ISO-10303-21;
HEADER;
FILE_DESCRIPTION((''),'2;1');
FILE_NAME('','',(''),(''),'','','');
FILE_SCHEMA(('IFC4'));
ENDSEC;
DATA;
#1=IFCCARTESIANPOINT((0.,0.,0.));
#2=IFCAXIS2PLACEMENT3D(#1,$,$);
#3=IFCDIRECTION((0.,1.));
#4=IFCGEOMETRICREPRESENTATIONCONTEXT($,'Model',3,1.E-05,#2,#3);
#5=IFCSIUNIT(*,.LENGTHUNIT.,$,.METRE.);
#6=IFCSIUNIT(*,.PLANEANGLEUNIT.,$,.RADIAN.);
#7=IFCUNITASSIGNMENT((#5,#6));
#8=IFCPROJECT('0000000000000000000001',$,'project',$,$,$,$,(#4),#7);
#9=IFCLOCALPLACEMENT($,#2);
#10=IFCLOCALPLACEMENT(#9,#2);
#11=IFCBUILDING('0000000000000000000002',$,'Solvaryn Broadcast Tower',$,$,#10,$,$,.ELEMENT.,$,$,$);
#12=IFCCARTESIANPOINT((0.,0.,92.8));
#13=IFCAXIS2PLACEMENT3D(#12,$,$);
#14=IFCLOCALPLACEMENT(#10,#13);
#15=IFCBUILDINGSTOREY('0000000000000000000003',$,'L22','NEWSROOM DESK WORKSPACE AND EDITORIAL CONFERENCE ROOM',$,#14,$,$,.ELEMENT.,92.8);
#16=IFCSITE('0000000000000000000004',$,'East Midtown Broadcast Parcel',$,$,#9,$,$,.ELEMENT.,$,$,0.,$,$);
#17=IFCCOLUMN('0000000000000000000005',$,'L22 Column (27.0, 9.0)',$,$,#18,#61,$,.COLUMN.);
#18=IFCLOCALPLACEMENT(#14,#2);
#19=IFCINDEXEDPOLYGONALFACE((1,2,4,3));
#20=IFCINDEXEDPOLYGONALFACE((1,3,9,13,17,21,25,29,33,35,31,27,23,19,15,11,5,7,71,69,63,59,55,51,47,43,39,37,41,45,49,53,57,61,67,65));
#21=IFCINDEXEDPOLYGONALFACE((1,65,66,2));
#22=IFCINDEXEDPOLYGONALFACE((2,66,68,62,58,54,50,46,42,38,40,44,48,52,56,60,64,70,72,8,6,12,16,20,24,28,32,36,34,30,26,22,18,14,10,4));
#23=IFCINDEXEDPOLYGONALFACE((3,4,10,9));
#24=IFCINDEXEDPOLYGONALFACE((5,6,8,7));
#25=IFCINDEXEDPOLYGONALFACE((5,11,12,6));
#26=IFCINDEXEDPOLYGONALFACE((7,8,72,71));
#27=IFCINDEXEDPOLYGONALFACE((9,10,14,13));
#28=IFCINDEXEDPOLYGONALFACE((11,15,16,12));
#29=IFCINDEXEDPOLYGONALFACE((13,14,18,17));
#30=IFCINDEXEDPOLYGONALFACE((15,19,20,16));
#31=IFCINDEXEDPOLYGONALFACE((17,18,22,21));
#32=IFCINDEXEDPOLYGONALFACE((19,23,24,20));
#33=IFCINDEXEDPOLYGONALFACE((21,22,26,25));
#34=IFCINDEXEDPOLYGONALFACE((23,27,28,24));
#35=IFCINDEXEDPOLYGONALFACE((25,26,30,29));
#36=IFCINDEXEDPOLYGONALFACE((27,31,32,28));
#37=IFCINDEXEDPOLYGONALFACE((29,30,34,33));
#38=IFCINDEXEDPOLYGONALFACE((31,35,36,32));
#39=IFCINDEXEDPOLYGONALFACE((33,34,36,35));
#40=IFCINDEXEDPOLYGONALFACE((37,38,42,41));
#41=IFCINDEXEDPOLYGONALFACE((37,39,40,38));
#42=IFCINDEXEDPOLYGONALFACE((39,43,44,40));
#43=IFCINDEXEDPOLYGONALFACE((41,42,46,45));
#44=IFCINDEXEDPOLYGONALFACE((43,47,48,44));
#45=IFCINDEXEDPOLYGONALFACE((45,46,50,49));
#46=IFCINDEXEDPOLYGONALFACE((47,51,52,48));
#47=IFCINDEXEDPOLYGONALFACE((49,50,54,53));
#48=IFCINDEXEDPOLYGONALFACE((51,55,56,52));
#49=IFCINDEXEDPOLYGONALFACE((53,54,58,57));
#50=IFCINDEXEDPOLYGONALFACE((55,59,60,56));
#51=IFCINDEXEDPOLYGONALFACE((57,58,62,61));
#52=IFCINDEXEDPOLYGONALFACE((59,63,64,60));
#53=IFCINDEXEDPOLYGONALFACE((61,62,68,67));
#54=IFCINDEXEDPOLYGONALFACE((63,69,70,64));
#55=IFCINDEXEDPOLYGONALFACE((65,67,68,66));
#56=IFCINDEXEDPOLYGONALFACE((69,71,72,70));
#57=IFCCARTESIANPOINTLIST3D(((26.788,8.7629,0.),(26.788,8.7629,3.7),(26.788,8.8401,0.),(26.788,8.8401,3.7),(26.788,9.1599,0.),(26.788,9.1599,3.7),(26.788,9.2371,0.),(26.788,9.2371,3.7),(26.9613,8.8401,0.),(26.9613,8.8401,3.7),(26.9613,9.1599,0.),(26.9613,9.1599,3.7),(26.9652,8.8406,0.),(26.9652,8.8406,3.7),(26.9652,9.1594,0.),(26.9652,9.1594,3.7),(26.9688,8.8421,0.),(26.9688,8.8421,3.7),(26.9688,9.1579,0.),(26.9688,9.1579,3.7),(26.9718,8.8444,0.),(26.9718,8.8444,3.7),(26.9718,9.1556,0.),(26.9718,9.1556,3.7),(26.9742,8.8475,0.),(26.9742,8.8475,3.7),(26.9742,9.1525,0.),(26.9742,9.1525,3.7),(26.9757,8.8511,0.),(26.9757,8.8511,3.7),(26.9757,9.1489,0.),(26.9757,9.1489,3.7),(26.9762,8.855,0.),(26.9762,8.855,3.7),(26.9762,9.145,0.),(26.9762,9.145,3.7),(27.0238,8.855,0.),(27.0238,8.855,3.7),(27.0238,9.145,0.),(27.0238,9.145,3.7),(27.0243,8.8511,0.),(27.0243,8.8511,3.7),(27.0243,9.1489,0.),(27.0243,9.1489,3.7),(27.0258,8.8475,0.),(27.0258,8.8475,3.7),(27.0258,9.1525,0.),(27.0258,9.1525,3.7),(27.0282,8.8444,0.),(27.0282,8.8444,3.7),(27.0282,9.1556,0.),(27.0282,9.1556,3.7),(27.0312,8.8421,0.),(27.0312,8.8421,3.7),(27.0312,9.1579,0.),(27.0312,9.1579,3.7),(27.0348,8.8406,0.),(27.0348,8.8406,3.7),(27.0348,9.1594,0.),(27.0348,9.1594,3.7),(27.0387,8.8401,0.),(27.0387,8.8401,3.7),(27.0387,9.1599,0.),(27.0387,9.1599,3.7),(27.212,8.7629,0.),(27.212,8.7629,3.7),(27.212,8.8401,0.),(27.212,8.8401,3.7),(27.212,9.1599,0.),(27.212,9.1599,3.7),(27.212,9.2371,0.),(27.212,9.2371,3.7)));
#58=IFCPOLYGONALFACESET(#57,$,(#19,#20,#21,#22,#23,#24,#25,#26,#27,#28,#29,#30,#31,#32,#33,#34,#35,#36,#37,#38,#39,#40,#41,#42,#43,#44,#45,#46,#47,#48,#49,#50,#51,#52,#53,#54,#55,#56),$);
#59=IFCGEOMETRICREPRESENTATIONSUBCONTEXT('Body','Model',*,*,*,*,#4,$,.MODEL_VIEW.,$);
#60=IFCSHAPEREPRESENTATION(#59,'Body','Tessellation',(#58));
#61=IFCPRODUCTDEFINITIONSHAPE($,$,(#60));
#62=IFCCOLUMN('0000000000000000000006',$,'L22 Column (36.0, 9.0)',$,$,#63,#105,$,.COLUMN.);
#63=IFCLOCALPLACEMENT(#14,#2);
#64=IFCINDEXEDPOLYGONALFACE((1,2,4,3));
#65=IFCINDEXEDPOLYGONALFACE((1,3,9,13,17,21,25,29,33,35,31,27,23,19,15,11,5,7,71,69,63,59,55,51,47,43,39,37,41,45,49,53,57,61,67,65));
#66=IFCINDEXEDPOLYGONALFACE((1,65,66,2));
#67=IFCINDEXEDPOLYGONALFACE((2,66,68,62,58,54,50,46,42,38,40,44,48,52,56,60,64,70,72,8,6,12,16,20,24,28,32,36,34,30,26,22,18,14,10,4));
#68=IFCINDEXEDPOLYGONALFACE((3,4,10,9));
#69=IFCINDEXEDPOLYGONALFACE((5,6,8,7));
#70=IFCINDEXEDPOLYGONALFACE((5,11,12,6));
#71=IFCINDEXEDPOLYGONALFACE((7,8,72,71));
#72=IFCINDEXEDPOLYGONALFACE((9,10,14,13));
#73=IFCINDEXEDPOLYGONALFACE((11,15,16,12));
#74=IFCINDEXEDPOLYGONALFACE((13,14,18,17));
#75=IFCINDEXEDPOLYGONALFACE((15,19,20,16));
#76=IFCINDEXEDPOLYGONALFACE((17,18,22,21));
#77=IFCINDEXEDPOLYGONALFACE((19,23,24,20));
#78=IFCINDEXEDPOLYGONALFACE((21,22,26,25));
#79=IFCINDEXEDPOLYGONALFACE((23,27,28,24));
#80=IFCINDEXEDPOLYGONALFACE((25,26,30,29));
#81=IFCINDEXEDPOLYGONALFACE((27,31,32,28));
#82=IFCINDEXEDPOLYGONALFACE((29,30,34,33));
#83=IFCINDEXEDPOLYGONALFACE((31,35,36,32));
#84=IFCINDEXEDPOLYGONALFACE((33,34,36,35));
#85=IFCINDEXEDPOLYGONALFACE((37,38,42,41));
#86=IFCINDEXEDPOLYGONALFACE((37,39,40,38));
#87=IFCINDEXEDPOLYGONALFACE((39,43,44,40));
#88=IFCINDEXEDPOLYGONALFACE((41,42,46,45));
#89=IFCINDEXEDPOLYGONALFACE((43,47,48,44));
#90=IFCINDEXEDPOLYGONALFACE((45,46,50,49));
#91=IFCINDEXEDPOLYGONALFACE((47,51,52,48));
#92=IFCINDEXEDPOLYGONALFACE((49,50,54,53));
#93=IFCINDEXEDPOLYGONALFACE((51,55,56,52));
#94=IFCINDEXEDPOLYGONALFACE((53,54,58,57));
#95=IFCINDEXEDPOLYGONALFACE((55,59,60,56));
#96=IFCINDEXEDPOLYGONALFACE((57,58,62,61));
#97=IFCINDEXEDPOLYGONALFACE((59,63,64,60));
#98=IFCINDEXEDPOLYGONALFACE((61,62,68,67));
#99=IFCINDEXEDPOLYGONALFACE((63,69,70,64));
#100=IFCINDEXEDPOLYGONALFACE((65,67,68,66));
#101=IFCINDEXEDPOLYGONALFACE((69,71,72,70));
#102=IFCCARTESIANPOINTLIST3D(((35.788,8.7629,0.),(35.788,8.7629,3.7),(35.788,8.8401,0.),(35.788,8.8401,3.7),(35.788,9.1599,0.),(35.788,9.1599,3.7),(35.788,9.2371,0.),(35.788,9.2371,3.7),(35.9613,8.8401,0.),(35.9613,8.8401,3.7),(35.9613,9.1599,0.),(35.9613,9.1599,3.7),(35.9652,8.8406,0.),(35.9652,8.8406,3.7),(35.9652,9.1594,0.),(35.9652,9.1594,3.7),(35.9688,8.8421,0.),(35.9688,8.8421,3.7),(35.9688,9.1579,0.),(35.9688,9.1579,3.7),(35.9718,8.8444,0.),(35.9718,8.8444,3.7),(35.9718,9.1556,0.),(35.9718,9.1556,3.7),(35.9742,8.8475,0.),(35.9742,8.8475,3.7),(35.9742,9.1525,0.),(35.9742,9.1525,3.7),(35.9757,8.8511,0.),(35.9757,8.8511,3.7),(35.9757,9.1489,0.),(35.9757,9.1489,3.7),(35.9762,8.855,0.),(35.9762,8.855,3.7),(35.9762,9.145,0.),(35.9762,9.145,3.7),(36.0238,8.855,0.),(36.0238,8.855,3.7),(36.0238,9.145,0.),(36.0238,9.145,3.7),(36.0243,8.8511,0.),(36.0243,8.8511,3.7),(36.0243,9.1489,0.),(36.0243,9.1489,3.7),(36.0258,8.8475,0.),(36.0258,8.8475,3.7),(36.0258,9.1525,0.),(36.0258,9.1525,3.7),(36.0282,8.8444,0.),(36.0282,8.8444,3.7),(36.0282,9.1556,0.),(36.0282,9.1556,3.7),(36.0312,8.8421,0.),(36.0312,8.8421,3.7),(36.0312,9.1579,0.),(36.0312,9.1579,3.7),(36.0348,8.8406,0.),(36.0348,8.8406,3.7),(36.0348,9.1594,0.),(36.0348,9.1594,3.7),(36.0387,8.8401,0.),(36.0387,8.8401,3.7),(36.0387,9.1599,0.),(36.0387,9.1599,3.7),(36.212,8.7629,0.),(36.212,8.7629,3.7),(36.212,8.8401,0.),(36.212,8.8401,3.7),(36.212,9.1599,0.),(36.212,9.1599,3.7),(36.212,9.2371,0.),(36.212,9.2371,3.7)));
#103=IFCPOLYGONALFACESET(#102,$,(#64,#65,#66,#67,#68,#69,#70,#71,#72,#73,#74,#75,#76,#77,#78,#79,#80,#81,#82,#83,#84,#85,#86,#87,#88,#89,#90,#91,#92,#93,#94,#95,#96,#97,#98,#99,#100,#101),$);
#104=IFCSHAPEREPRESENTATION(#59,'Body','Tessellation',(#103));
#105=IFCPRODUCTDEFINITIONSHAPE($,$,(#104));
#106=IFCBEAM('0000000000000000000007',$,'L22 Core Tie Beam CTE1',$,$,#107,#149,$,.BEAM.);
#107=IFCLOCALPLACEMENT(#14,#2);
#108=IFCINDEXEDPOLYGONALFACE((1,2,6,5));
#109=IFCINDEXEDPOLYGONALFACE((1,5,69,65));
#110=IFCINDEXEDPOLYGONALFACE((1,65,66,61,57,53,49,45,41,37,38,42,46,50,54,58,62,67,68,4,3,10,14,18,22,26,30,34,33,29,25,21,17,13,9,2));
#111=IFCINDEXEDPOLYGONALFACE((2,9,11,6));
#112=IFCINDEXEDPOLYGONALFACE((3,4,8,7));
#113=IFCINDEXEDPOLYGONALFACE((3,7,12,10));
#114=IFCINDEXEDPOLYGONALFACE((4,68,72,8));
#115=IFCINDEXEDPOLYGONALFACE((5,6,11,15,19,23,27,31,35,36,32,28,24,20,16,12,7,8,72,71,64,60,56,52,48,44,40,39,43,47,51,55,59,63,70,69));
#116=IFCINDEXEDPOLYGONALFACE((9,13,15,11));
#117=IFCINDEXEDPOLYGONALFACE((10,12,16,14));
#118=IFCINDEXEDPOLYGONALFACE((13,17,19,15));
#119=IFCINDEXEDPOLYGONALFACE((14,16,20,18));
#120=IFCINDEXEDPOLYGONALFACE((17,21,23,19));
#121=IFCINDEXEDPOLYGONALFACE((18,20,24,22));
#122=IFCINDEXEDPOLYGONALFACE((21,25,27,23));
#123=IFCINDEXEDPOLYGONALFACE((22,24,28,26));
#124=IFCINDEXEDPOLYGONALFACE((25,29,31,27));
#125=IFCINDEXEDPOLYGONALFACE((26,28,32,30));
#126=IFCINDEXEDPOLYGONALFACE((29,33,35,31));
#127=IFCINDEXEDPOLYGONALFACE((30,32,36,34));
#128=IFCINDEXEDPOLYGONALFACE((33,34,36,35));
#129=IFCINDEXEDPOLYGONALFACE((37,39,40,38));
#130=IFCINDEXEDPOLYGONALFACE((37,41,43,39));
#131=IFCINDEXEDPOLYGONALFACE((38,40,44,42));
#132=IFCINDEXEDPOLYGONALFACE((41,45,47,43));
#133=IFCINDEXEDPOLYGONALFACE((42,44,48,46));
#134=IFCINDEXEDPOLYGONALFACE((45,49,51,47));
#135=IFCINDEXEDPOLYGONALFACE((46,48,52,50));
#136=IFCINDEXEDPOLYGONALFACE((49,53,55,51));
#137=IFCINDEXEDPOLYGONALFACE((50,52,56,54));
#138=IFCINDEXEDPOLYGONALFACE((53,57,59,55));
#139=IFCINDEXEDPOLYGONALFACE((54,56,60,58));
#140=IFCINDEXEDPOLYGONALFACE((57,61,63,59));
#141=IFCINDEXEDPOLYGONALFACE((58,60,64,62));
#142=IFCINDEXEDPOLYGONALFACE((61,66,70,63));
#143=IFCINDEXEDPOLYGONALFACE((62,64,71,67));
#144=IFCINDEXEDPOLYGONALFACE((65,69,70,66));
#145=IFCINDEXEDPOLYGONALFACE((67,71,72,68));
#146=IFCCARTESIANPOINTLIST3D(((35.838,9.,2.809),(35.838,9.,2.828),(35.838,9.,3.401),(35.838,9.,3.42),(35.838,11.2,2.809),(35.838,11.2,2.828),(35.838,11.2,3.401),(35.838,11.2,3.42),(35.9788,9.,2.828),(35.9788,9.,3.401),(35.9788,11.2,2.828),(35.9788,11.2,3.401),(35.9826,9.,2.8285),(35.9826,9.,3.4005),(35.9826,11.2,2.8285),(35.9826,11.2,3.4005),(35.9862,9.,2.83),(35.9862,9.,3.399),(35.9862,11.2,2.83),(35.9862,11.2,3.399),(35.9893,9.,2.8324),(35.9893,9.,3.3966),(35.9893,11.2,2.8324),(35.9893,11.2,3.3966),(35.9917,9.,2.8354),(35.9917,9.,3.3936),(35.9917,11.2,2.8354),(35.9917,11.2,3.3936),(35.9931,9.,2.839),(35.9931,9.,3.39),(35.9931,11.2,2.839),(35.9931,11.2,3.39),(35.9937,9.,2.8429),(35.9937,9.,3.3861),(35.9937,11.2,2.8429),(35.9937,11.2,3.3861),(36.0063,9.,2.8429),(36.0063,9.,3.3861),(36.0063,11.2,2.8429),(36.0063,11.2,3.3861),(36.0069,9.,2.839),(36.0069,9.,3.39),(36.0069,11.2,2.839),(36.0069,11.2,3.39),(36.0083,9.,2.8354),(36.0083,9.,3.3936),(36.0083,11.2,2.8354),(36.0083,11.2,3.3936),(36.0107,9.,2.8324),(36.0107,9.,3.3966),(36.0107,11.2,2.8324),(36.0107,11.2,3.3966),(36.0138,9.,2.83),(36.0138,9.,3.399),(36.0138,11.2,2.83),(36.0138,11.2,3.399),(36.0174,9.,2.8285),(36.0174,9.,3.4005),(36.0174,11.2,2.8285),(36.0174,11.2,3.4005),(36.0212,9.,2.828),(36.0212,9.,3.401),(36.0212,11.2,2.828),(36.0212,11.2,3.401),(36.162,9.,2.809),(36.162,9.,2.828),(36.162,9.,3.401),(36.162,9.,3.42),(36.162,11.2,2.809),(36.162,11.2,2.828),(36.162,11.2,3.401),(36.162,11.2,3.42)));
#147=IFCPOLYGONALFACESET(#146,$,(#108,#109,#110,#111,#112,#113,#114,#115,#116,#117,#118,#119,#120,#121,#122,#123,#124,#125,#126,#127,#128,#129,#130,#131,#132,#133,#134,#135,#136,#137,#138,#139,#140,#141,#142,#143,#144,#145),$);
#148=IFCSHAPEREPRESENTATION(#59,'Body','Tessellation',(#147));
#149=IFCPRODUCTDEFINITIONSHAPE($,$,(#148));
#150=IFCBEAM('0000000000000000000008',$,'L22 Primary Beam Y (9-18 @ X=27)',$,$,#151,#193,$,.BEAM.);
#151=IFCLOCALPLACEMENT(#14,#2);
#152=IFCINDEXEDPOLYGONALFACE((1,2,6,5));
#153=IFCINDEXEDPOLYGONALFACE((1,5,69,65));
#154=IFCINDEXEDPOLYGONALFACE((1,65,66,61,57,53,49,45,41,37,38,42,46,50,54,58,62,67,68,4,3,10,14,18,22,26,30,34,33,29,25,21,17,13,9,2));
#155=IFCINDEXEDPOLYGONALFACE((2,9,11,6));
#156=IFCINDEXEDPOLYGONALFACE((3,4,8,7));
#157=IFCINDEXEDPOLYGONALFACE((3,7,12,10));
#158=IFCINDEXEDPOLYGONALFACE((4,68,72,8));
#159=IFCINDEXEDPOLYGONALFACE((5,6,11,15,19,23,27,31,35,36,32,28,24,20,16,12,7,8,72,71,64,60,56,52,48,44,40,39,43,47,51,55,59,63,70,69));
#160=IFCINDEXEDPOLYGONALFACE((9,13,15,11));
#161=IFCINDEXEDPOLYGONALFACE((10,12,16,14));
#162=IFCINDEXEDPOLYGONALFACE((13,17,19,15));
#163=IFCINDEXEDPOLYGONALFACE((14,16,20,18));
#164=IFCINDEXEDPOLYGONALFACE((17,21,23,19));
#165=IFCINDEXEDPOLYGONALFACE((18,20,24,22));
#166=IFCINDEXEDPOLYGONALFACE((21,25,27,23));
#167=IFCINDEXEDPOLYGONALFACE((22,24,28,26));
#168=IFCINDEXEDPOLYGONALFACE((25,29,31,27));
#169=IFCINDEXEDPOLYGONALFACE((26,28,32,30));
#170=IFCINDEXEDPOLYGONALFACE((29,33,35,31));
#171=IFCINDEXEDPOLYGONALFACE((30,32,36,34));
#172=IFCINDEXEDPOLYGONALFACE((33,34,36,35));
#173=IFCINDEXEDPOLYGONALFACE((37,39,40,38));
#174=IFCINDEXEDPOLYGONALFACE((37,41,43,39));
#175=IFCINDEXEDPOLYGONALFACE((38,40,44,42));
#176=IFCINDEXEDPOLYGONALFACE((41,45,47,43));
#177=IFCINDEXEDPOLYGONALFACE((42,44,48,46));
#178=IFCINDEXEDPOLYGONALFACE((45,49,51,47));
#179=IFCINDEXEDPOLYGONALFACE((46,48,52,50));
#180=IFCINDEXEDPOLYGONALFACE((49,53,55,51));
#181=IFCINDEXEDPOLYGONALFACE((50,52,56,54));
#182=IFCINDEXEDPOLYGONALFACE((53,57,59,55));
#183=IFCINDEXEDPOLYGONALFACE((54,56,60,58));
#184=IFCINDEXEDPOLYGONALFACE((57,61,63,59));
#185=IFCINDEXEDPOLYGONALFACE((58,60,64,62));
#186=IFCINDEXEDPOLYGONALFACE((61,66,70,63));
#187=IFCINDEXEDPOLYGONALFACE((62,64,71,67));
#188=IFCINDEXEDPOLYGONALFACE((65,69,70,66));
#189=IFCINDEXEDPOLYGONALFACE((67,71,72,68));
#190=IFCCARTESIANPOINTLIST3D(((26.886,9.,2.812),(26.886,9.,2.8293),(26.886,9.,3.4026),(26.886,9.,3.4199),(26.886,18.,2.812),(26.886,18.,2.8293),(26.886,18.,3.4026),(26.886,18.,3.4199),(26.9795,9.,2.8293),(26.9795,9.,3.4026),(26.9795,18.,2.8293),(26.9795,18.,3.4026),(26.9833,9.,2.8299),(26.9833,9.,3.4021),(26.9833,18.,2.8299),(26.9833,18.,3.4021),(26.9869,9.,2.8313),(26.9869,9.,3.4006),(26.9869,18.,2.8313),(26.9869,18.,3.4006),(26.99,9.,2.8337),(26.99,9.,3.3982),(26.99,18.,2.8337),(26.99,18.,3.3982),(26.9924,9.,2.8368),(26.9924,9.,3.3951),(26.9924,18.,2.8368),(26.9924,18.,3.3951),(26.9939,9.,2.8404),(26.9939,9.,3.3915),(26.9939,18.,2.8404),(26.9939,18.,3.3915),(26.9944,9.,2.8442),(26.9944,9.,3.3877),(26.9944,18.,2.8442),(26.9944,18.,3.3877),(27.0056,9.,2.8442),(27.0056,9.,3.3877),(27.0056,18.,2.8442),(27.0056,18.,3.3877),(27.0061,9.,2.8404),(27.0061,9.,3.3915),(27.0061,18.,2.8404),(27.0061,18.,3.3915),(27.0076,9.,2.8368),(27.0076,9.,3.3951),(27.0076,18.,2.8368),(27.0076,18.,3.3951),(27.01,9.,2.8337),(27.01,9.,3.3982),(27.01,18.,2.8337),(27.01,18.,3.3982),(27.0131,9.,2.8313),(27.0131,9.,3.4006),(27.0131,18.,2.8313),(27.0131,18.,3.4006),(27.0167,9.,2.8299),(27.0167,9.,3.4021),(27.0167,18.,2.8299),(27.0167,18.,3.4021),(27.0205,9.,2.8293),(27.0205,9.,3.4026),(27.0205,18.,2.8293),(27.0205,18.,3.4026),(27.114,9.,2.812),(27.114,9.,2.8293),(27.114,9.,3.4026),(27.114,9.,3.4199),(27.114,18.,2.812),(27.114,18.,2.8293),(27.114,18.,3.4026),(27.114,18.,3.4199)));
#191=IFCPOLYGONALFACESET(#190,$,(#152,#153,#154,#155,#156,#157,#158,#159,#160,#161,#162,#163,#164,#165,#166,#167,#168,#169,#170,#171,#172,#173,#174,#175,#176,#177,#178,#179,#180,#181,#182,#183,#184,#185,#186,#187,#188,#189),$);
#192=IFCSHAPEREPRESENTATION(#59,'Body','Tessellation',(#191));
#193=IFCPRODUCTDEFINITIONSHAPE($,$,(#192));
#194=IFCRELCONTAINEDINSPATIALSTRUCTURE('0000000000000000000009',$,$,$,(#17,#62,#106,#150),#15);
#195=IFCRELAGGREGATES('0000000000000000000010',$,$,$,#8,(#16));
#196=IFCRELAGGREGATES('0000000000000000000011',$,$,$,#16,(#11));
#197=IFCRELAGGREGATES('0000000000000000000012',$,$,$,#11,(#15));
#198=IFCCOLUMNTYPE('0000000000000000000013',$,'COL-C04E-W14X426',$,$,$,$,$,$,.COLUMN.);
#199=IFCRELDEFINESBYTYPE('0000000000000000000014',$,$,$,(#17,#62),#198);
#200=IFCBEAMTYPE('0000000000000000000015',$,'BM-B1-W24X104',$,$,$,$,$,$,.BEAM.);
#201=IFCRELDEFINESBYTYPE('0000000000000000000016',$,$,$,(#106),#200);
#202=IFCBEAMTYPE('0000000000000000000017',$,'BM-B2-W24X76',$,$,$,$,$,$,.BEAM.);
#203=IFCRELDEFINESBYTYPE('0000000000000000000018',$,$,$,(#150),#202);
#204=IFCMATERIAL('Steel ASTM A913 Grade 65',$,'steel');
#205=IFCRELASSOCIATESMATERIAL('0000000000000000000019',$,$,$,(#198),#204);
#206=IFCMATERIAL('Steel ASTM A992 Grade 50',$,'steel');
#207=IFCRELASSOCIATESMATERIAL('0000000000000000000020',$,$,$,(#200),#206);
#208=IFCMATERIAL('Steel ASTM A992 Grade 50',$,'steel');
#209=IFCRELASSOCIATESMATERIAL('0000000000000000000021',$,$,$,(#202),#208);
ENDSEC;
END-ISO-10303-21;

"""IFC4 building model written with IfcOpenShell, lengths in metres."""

from ifc_helpers import new_model, si_unit, direction, frame, origin, origin_2d, place, context, subcontext, project, spatial, i_section, extrude, material, material_profile, profile_set, type_object, element, save


model = new_model("IFC4")

# Units and contexts
model_context = context("Model", 3, precision=1e-05, world=origin(), true_north=direction((0.0, 1.0)))
body_context = subcontext(model_context, "Body", "Model", "MODEL_VIEW")
ifc_project = project(units=[si_unit("LENGTHUNIT", "METRE"), si_unit("PLANEANGLEUNIT", "RADIAN")], contexts=[model_context])

# Site, building, storey
site_placement = place(None, origin())
site = spatial("IfcSite", under=ifc_project, at=site_placement, Name="East Midtown Broadcast Parcel", CompositionType="ELEMENT", RefElevation=0.0)
building_placement = place(site_placement, origin())
building = spatial("IfcBuilding", under=site, at=building_placement, Name="Solvaryn Broadcast Tower", CompositionType="ELEMENT")
storey_placement = place(building_placement, frame((0.0, 0.0, 92.8)))
storey = spatial("IfcBuildingStorey", under=building, at=storey_placement, Name="L22", Description="NEWSROOM DESK WORKSPACE AND EDITORIAL CONFERENCE ROOM", CompositionType="ELEMENT", Elevation=92.8)

# Columns
ifc_material_1 = material(Name="Steel ASTM A913 Grade 65", Category="steel")
ifc_material_profile_1 = material_profile(ifc_material_1, i_section(OverallWidth=0.4241, OverallDepth=0.4741, WebThickness=0.0476, FlangeThickness=0.0771, FilletRadius=0.0149, at=origin_2d()))
ifc_profile_set_1 = profile_set([ifc_material_profile_1], Name="Steel ASTM A913 Grade 65")
column_type = type_object("IfcColumnType", Name="COL-C04E-W14X426", PredefinedType="COLUMN", material=ifc_profile_set_1)
for number, where, z_axis, x_axis, name in (
    (1, (27.0, 9.0, 0.0), (0.0, 0.0, 1.0), (1.0, 0.0, 0.0), "L22 Column (27.0, 9.0)"),
    (2, (36.0, 9.0, 0.0), (0.0, 0.0, 1.0), (1.0, 0.0, 0.0), "L22 Column (36.0, 9.0)"),
):
    element("IfcColumn", number, at=place(storey_placement, frame(where, z_axis=z_axis, x_axis=x_axis)), inside=storey, type_object=column_type, Name=name, PredefinedType="COLUMN", context=body_context, shape_type="SweptSolid", body=[
        extrude(i_section(OverallWidth=0.4241, OverallDepth=0.4741, WebThickness=0.0476, FlangeThickness=0.0771, FilletRadius=0.0149, at=origin_2d()), origin(), (0.0, 0.0, 1.0), 3.7),
    ])

# Beams
ifc_material_2 = material(Name="Steel ASTM A992 Grade 50", Category="steel")
ifc_material_profile_2 = material_profile(ifc_material_2, i_section(OverallWidth=0.324, OverallDepth=0.6111, WebThickness=0.0127, FlangeThickness=0.019, FilletRadius=0.0149, at=origin_2d()))
ifc_profile_set_2 = profile_set([ifc_material_profile_2], Name="Steel ASTM A992 Grade 50")
beam_type_1 = type_object("IfcBeamType", Name="BM-B1-W24X104", PredefinedType="BEAM", material=ifc_profile_set_2)
beam_1_placement = place(storey_placement, frame((36.0, 9.0, 3.1145), z_axis=(0.0, 1.0, 0.0), x_axis=(-1.0, 0.0, 0.0)))
element("IfcBeam", 3, at=beam_1_placement, inside=storey, type_object=beam_type_1, Name="L22 Core Tie Beam CTE1", PredefinedType="BEAM", context=body_context, shape_type="SweptSolid", body=[
    extrude(i_section(OverallWidth=0.324, OverallDepth=0.6111, WebThickness=0.0127, FlangeThickness=0.019, FilletRadius=0.0149, at=origin_2d()), origin(), (0.0, 0.0, 1.0), 2.2),
])
ifc_material_3 = material(Name="Steel ASTM A992 Grade 50", Category="steel")
ifc_material_profile_3 = material_profile(ifc_material_3, i_section(OverallWidth=0.228, OverallDepth=0.6079, WebThickness=0.0112, FlangeThickness=0.0173, FilletRadius=0.0149, at=origin_2d()))
ifc_profile_set_3 = profile_set([ifc_material_profile_3], Name="Steel ASTM A992 Grade 50")
beam_type_2 = type_object("IfcBeamType", Name="BM-B2-W24X76", PredefinedType="BEAM", material=ifc_profile_set_3)
beam_2_placement = place(storey_placement, frame((27.0, 9.0, 3.116), z_axis=(0.0, 1.0, 0.0), x_axis=(-1.0, 0.0, 0.0)))
element("IfcBeam", 4, at=beam_2_placement, inside=storey, type_object=beam_type_2, Name="L22 Primary Beam Y (9-18 @ X=27)", PredefinedType="BEAM", context=body_context, shape_type="SweptSolid", body=[
    extrude(i_section(OverallWidth=0.228, OverallDepth=0.6079, WebThickness=0.0112, FlangeThickness=0.0173, FilletRadius=0.0149, at=origin_2d()), origin(), (0.0, 0.0, 1.0), 9.0),
])

save(model, "model.ifc")
